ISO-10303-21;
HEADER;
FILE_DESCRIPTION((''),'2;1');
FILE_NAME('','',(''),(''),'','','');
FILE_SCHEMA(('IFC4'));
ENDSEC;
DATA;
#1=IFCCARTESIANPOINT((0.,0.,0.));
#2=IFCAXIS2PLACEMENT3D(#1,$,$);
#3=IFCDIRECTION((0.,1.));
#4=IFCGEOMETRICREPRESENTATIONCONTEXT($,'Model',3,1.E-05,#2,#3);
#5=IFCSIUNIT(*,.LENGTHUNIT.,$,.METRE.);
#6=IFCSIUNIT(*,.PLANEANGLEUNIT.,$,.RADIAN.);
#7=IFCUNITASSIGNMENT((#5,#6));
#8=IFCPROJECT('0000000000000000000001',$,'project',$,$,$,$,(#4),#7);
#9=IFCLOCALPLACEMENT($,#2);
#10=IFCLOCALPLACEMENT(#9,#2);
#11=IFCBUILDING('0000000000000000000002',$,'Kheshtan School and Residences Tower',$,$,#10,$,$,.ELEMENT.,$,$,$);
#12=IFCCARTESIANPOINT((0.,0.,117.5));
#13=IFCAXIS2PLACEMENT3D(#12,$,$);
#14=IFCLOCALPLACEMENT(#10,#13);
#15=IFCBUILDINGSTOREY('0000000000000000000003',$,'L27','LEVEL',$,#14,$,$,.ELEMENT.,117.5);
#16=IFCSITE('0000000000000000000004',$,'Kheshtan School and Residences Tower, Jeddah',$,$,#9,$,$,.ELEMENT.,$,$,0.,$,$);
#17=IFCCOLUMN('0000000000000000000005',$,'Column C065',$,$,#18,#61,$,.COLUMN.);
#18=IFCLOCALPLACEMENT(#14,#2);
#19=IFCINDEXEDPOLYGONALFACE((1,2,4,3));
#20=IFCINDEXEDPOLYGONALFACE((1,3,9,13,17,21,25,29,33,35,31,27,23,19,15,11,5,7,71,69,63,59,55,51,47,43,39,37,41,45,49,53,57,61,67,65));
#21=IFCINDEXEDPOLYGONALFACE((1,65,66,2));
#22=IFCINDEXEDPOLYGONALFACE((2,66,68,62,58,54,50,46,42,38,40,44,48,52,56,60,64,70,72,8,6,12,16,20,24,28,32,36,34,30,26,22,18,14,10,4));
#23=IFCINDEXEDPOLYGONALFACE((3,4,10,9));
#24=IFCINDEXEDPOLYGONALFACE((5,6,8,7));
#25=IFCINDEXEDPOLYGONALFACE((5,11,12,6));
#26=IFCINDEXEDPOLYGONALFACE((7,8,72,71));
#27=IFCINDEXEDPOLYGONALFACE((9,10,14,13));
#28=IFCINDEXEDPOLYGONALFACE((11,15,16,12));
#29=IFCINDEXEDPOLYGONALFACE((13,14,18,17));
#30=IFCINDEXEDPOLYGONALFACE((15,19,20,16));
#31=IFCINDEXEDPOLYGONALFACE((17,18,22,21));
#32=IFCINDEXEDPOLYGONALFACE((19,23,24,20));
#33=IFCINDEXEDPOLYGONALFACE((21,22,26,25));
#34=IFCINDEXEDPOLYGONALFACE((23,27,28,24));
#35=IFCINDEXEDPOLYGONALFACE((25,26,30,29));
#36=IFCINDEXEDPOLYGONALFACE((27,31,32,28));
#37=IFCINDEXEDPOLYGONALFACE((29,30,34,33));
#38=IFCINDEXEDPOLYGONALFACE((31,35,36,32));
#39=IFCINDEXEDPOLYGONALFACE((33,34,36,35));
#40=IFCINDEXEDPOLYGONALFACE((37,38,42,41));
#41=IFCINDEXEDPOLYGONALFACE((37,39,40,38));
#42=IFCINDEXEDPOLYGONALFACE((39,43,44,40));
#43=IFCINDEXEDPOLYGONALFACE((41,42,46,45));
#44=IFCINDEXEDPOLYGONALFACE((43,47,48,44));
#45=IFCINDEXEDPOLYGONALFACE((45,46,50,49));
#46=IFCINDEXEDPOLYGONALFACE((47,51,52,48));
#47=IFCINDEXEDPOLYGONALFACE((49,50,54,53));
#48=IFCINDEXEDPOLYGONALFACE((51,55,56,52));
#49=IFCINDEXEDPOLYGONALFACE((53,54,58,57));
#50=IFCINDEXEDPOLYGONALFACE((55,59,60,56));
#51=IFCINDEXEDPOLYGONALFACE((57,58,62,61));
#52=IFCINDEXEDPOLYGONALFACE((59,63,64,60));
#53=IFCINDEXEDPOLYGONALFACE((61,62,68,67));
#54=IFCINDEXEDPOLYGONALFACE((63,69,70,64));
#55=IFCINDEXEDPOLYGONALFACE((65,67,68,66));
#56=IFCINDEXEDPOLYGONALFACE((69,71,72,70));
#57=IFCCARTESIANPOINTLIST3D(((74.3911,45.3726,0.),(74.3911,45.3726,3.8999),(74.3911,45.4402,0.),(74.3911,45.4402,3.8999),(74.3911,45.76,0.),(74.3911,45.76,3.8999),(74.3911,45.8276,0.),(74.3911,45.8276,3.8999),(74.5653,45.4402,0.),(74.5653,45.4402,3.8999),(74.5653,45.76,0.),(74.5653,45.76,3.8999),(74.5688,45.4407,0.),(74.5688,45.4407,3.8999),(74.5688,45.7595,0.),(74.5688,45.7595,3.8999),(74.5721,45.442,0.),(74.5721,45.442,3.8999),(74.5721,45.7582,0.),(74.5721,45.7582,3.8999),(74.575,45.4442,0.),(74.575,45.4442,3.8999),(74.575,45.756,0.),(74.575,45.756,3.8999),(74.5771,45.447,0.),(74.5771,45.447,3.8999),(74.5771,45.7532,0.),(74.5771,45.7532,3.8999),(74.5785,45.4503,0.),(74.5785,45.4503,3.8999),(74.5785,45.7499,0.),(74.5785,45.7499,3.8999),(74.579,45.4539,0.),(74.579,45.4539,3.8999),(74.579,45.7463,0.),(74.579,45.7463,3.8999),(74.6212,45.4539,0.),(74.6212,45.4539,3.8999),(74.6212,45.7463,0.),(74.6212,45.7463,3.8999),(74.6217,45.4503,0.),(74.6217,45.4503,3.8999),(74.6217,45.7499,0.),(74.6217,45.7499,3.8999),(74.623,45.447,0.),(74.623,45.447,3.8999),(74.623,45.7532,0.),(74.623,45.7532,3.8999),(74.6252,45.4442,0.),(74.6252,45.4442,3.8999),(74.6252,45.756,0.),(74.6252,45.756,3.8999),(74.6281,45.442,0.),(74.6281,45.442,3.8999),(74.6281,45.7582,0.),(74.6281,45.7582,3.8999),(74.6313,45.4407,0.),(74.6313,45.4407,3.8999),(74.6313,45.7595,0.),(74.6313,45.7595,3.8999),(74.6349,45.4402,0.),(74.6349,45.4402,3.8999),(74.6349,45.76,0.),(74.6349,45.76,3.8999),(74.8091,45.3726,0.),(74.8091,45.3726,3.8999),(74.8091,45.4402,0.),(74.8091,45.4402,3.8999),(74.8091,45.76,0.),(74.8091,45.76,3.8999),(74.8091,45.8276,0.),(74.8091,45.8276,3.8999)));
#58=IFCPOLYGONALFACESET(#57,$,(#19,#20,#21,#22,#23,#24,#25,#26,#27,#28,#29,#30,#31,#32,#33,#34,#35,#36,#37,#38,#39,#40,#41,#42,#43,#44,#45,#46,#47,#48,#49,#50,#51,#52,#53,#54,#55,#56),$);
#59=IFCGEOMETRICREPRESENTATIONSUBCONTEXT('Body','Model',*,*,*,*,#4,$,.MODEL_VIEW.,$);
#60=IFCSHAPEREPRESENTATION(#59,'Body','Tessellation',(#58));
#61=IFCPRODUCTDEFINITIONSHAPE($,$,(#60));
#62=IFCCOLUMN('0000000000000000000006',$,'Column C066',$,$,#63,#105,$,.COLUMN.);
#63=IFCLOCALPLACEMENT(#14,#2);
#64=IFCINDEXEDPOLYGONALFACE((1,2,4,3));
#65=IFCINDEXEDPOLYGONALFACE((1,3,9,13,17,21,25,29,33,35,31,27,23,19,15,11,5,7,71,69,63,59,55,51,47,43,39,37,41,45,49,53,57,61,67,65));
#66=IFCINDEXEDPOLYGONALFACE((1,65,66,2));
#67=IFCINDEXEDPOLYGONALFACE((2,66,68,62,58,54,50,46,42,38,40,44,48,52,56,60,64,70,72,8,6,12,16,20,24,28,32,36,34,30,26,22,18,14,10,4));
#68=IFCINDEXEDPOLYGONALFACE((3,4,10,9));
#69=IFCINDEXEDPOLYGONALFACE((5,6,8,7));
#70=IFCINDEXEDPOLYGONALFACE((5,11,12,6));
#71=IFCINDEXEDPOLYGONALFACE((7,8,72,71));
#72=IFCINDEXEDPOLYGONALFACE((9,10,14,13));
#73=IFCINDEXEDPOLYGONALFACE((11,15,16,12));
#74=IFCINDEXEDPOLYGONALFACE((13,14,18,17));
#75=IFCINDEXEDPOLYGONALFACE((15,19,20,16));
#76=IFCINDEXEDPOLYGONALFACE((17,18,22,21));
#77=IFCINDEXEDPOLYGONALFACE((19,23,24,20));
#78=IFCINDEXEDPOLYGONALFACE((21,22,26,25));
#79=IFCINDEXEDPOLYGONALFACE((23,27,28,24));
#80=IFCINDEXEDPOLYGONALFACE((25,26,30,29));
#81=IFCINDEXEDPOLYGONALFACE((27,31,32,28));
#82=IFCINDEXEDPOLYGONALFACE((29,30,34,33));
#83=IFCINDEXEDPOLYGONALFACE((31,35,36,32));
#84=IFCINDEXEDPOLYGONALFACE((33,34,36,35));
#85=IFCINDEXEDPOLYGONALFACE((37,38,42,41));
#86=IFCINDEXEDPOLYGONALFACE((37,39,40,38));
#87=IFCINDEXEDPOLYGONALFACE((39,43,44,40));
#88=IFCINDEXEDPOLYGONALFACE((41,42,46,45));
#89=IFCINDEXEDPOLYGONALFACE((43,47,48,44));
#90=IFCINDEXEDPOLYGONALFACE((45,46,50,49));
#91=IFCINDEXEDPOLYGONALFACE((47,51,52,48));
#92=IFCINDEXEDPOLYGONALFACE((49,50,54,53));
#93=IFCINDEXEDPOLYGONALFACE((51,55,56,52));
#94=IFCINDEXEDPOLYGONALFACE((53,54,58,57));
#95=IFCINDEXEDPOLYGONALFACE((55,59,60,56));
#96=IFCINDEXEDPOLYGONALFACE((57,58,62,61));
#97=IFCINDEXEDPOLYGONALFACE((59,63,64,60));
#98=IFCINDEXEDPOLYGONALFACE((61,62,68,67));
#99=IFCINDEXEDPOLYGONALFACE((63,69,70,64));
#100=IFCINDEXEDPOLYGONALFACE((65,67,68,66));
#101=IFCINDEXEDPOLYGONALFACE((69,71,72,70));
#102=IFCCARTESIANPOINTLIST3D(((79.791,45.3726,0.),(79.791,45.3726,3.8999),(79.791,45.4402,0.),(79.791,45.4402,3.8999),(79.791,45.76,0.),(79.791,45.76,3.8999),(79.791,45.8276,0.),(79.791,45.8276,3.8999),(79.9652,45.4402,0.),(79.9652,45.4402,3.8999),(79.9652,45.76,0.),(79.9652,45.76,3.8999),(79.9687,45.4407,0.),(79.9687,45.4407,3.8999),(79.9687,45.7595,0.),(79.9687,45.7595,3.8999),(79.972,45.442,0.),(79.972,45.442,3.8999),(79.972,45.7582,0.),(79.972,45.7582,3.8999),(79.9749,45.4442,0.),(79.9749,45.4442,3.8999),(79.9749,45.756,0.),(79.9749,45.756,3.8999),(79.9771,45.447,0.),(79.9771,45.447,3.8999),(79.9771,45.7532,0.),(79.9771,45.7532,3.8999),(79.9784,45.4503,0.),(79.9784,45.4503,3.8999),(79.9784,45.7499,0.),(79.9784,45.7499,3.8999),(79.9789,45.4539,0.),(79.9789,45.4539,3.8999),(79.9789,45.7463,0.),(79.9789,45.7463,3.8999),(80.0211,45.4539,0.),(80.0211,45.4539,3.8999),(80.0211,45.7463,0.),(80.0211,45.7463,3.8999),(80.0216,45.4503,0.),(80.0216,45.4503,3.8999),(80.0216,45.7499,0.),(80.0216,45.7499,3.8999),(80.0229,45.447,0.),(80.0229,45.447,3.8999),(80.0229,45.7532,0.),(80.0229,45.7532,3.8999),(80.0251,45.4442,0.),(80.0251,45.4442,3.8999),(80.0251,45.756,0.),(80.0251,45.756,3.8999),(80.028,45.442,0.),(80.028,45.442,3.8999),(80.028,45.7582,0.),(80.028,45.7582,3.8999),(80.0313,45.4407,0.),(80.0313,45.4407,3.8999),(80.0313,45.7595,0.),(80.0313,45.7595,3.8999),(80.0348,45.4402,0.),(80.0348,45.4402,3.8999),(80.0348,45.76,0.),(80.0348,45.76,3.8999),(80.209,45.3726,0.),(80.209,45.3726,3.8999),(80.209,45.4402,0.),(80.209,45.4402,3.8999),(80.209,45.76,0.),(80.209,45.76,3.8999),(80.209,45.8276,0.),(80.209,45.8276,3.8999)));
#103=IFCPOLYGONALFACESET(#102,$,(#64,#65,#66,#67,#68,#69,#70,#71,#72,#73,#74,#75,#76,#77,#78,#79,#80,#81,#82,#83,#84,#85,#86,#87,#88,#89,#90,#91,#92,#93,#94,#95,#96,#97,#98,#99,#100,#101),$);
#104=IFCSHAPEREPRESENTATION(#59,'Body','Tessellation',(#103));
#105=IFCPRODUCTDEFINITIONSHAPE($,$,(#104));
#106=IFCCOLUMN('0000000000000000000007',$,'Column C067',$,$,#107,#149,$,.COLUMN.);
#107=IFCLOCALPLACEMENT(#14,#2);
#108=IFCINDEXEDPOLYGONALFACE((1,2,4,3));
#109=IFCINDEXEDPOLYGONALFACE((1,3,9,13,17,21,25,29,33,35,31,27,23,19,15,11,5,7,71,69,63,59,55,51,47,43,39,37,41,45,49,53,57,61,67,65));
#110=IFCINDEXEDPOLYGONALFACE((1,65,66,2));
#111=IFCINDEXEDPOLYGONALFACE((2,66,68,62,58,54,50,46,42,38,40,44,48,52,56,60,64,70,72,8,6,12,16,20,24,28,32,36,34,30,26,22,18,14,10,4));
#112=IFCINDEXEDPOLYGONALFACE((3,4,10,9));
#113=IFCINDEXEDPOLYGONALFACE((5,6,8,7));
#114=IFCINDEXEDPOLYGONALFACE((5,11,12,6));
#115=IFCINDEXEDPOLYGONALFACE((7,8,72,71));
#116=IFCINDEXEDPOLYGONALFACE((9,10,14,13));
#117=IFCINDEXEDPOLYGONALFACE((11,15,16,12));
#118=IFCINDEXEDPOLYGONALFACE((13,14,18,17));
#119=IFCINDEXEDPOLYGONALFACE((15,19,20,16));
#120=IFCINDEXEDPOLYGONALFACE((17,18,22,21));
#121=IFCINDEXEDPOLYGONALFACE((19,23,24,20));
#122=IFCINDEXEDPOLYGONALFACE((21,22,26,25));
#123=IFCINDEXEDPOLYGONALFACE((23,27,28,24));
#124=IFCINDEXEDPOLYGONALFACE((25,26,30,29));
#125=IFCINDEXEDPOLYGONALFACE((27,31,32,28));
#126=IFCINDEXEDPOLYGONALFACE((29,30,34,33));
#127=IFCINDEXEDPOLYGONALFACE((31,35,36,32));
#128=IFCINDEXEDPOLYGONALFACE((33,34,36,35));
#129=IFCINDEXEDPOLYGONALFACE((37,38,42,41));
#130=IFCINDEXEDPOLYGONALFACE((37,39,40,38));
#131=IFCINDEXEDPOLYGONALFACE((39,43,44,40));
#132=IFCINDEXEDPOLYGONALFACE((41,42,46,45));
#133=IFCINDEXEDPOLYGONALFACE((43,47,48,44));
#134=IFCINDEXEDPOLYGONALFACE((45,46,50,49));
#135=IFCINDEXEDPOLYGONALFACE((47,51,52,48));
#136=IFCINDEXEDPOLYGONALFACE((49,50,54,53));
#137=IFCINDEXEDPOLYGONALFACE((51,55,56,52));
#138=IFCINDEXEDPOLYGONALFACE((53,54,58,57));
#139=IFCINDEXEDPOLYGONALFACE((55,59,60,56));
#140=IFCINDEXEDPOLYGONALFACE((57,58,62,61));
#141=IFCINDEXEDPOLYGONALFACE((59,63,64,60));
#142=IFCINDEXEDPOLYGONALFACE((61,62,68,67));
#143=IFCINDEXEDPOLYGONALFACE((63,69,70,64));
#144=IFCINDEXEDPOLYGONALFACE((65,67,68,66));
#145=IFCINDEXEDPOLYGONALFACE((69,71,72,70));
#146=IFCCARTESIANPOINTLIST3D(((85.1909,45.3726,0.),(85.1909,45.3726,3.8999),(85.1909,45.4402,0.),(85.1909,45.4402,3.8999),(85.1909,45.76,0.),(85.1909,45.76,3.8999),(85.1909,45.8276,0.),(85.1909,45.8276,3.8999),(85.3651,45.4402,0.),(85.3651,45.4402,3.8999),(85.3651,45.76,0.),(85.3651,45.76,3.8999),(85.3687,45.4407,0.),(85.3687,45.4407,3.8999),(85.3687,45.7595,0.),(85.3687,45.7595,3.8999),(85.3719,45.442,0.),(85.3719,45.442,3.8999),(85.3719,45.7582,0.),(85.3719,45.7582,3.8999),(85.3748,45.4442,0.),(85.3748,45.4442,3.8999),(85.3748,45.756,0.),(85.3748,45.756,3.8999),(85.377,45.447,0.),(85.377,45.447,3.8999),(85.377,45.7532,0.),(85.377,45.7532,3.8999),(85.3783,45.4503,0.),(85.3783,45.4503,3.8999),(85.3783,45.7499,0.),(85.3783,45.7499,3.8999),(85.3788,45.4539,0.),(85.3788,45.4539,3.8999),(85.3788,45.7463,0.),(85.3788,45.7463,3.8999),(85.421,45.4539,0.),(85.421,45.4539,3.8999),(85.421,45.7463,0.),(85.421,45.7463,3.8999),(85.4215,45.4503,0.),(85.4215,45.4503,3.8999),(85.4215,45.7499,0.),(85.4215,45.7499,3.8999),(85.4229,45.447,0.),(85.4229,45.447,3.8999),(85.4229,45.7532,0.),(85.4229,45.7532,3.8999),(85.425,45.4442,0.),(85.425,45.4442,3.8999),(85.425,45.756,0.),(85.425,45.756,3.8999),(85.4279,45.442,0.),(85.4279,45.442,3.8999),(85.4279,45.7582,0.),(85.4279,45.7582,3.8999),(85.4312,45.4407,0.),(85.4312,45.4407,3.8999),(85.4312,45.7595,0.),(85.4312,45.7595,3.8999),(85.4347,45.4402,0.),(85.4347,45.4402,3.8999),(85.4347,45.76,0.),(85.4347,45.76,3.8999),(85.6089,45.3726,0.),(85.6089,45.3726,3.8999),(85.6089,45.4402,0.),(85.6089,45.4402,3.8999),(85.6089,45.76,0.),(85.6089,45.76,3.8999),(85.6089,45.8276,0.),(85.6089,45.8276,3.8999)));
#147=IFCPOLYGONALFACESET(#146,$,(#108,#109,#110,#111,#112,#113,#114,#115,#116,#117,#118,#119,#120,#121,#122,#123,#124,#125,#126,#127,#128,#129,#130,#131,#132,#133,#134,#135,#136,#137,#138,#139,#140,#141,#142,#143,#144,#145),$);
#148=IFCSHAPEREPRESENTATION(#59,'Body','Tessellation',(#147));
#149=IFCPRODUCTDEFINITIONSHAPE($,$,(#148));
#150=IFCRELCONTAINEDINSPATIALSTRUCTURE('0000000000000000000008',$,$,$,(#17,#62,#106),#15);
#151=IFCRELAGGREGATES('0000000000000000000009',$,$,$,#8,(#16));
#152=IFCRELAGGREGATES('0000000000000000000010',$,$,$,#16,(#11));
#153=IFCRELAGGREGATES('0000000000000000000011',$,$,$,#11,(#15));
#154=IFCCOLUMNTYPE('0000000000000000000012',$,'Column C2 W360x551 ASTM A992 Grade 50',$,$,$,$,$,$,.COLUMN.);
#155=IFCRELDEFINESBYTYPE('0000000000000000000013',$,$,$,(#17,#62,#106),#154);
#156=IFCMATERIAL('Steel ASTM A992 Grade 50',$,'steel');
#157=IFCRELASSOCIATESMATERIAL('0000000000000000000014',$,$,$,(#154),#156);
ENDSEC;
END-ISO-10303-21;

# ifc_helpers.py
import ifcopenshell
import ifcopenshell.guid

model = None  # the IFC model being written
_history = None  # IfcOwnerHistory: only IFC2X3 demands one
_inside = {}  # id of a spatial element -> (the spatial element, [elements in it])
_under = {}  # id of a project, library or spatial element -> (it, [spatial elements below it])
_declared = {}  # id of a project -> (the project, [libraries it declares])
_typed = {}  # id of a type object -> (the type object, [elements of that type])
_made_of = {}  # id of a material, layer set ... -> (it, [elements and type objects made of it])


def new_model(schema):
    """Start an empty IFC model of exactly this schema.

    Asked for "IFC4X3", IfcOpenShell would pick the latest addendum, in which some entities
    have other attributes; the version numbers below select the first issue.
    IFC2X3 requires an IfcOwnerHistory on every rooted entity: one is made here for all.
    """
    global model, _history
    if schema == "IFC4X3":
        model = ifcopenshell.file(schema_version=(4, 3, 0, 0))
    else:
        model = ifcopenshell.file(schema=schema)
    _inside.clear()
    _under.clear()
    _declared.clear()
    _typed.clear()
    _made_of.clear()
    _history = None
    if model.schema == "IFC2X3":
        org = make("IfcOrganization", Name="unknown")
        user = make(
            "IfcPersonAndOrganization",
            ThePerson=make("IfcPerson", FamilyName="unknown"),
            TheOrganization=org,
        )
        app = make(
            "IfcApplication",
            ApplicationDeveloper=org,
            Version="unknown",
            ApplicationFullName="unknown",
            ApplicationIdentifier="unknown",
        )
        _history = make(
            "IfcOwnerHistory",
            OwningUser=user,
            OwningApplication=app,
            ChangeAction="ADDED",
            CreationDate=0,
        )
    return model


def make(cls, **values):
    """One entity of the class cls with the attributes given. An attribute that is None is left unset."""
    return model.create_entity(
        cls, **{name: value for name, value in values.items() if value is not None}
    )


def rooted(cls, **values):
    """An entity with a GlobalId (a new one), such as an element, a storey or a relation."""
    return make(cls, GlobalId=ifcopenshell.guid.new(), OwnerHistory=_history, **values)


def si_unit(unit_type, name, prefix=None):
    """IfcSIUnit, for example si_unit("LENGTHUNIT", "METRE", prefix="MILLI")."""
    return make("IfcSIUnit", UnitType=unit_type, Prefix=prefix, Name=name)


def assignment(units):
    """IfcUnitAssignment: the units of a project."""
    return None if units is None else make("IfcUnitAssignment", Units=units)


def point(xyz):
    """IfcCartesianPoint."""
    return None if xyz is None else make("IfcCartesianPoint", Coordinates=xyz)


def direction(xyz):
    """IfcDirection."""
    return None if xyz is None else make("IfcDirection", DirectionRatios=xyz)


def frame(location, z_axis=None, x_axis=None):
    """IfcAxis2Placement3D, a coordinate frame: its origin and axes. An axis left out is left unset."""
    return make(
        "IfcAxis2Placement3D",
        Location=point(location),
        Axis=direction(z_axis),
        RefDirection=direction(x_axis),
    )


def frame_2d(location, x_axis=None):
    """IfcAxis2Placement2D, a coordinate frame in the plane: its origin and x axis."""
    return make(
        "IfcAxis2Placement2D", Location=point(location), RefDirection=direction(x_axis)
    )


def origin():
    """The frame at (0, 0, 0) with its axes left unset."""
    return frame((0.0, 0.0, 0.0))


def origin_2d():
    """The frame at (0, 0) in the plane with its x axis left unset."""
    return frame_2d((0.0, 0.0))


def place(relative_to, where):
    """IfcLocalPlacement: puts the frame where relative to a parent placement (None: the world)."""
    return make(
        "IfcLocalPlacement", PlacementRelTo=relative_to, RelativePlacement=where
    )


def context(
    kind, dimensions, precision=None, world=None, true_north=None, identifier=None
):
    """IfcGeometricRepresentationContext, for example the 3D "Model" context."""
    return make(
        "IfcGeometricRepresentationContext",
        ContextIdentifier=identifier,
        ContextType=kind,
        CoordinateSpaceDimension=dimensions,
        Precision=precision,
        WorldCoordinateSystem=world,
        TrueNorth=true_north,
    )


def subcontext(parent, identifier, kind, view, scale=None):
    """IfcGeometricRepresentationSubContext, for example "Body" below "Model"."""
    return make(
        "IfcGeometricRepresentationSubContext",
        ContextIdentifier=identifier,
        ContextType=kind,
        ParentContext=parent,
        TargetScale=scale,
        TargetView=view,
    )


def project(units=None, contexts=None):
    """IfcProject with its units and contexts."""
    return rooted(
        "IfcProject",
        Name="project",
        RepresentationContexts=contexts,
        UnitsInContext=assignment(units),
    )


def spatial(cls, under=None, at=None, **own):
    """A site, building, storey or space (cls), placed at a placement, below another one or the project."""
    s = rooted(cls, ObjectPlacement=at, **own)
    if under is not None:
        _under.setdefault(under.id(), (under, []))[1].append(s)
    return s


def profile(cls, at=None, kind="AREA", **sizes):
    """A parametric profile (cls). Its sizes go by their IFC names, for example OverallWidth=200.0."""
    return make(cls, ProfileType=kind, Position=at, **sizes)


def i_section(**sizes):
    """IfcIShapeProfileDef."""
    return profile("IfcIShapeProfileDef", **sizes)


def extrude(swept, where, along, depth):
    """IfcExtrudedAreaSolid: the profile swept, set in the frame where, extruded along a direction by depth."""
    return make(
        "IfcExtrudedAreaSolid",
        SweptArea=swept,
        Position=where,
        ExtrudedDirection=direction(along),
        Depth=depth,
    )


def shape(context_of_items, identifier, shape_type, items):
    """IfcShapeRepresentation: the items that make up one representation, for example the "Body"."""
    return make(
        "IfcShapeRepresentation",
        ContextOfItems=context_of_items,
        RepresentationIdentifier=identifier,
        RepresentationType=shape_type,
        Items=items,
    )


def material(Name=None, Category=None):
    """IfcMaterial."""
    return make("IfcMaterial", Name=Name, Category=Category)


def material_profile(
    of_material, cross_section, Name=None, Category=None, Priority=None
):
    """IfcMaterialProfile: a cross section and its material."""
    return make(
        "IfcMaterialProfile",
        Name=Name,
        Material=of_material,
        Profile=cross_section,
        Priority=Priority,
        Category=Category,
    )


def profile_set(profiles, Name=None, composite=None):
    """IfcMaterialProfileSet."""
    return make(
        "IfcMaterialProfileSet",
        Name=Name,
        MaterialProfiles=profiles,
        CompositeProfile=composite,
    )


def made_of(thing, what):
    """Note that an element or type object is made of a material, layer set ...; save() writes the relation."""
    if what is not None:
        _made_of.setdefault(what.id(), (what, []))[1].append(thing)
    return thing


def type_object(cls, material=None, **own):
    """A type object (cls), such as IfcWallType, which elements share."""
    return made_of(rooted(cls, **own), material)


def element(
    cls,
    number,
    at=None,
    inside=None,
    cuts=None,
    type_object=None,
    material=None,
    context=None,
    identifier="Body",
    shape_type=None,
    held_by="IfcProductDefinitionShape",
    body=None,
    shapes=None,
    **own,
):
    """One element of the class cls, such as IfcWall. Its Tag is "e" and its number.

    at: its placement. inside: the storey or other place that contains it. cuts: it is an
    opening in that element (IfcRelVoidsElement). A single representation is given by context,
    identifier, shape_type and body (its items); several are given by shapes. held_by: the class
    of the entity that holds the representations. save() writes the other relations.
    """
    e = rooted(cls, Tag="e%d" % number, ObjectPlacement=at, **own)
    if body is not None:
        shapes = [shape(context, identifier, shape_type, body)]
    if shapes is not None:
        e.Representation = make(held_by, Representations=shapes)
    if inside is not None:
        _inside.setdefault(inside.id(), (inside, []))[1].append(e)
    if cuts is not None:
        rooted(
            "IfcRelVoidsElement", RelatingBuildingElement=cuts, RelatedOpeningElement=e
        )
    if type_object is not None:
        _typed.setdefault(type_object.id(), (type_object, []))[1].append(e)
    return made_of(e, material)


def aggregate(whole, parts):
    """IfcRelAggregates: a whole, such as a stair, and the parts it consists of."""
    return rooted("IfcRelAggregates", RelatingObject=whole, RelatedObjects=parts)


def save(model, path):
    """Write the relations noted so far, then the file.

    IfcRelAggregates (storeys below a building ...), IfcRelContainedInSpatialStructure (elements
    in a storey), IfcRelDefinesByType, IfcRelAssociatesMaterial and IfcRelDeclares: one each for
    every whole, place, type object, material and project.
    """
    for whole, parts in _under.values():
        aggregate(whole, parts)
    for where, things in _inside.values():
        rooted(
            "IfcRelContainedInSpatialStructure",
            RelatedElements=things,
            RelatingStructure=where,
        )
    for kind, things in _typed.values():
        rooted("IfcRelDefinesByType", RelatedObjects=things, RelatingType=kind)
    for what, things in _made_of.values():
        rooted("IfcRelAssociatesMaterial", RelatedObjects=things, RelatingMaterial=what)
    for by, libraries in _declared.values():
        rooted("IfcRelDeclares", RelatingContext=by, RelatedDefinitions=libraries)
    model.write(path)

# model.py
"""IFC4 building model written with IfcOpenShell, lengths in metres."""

from ifc_helpers import new_model, si_unit, direction, frame, origin, origin_2d, place, context, subcontext, project, spatial, i_section, extrude, material, material_profile, profile_set, type_object, element, save


model = new_model("IFC4")

# Units and contexts
model_context = context("Model", 3, precision=1e-05, world=origin(), true_north=direction((0.0, 1.0)))
body_context = subcontext(model_context, "Body", "Model", "MODEL_VIEW")
ifc_project = project(units=[si_unit("LENGTHUNIT", "METRE"), si_unit("PLANEANGLEUNIT", "RADIAN")], contexts=[model_context])

# Site, building, storey
site_placement = place(None, origin())
site = spatial("IfcSite", under=ifc_project, at=site_placement, Name="Kheshtan School and Residences Tower, Jeddah", CompositionType="ELEMENT", RefElevation=0.0)
building_placement = place(site_placement, origin())
building = spatial("IfcBuilding", under=site, at=building_placement, Name="Kheshtan School and Residences Tower", CompositionType="ELEMENT")
storey_placement = place(building_placement, frame((0.0, 0.0, 117.5)))
storey = spatial("IfcBuildingStorey", under=building, at=storey_placement, Name="L27", Description="LEVEL", CompositionType="ELEMENT", Elevation=117.5)

# Columns
ifc_material_1 = material(Name="Steel ASTM A992 Grade 50", Category="steel")
ifc_material_profile_1 = material_profile(ifc_material_1, i_section(OverallWidth=0.418, OverallDepth=0.4551, WebThickness=0.0422, FlangeThickness=0.0676, FilletRadius=0.0137, at=origin_2d()), Name="W360x551")
ifc_profile_set_1 = profile_set([ifc_material_profile_1], Name="Steel ASTM A992 Grade 50")
column_type_1 = type_object("IfcColumnType", Name="Column C2 W360x551 ASTM A992 Grade 50", PredefinedType="COLUMN", material=ifc_profile_set_1)
for number, where, z_axis, x_axis, name in (
    (1, (74.6001, 45.6001, 0.0), (0.0, 0.0, 1.0), (1.0, 0.0, 0.0), "Column C065"),
    (2, (80.0, 45.6001, 0.0), (0.0, 0.0, 1.0), (1.0, 0.0, 0.0), "Column C066"),
    (3, (85.3999, 45.6001, 0.0), (0.0, 0.0, 1.0), (1.0, 0.0, 0.0), "Column C067"),
):
    element("IfcColumn", number, at=place(storey_placement, frame(where, z_axis=z_axis, x_axis=x_axis)), inside=storey, type_object=column_type_1, Name=name, PredefinedType="COLUMN", context=body_context, shape_type="SweptSolid", body=[
        extrude(i_section(OverallWidth=0.418, OverallDepth=0.4551, WebThickness=0.0422, FlangeThickness=0.0676, FilletRadius=0.0137, at=origin_2d()), origin(), (0.0, 0.0, 1.0), 3.8999),
    ])

save(model, "model.ifc")
